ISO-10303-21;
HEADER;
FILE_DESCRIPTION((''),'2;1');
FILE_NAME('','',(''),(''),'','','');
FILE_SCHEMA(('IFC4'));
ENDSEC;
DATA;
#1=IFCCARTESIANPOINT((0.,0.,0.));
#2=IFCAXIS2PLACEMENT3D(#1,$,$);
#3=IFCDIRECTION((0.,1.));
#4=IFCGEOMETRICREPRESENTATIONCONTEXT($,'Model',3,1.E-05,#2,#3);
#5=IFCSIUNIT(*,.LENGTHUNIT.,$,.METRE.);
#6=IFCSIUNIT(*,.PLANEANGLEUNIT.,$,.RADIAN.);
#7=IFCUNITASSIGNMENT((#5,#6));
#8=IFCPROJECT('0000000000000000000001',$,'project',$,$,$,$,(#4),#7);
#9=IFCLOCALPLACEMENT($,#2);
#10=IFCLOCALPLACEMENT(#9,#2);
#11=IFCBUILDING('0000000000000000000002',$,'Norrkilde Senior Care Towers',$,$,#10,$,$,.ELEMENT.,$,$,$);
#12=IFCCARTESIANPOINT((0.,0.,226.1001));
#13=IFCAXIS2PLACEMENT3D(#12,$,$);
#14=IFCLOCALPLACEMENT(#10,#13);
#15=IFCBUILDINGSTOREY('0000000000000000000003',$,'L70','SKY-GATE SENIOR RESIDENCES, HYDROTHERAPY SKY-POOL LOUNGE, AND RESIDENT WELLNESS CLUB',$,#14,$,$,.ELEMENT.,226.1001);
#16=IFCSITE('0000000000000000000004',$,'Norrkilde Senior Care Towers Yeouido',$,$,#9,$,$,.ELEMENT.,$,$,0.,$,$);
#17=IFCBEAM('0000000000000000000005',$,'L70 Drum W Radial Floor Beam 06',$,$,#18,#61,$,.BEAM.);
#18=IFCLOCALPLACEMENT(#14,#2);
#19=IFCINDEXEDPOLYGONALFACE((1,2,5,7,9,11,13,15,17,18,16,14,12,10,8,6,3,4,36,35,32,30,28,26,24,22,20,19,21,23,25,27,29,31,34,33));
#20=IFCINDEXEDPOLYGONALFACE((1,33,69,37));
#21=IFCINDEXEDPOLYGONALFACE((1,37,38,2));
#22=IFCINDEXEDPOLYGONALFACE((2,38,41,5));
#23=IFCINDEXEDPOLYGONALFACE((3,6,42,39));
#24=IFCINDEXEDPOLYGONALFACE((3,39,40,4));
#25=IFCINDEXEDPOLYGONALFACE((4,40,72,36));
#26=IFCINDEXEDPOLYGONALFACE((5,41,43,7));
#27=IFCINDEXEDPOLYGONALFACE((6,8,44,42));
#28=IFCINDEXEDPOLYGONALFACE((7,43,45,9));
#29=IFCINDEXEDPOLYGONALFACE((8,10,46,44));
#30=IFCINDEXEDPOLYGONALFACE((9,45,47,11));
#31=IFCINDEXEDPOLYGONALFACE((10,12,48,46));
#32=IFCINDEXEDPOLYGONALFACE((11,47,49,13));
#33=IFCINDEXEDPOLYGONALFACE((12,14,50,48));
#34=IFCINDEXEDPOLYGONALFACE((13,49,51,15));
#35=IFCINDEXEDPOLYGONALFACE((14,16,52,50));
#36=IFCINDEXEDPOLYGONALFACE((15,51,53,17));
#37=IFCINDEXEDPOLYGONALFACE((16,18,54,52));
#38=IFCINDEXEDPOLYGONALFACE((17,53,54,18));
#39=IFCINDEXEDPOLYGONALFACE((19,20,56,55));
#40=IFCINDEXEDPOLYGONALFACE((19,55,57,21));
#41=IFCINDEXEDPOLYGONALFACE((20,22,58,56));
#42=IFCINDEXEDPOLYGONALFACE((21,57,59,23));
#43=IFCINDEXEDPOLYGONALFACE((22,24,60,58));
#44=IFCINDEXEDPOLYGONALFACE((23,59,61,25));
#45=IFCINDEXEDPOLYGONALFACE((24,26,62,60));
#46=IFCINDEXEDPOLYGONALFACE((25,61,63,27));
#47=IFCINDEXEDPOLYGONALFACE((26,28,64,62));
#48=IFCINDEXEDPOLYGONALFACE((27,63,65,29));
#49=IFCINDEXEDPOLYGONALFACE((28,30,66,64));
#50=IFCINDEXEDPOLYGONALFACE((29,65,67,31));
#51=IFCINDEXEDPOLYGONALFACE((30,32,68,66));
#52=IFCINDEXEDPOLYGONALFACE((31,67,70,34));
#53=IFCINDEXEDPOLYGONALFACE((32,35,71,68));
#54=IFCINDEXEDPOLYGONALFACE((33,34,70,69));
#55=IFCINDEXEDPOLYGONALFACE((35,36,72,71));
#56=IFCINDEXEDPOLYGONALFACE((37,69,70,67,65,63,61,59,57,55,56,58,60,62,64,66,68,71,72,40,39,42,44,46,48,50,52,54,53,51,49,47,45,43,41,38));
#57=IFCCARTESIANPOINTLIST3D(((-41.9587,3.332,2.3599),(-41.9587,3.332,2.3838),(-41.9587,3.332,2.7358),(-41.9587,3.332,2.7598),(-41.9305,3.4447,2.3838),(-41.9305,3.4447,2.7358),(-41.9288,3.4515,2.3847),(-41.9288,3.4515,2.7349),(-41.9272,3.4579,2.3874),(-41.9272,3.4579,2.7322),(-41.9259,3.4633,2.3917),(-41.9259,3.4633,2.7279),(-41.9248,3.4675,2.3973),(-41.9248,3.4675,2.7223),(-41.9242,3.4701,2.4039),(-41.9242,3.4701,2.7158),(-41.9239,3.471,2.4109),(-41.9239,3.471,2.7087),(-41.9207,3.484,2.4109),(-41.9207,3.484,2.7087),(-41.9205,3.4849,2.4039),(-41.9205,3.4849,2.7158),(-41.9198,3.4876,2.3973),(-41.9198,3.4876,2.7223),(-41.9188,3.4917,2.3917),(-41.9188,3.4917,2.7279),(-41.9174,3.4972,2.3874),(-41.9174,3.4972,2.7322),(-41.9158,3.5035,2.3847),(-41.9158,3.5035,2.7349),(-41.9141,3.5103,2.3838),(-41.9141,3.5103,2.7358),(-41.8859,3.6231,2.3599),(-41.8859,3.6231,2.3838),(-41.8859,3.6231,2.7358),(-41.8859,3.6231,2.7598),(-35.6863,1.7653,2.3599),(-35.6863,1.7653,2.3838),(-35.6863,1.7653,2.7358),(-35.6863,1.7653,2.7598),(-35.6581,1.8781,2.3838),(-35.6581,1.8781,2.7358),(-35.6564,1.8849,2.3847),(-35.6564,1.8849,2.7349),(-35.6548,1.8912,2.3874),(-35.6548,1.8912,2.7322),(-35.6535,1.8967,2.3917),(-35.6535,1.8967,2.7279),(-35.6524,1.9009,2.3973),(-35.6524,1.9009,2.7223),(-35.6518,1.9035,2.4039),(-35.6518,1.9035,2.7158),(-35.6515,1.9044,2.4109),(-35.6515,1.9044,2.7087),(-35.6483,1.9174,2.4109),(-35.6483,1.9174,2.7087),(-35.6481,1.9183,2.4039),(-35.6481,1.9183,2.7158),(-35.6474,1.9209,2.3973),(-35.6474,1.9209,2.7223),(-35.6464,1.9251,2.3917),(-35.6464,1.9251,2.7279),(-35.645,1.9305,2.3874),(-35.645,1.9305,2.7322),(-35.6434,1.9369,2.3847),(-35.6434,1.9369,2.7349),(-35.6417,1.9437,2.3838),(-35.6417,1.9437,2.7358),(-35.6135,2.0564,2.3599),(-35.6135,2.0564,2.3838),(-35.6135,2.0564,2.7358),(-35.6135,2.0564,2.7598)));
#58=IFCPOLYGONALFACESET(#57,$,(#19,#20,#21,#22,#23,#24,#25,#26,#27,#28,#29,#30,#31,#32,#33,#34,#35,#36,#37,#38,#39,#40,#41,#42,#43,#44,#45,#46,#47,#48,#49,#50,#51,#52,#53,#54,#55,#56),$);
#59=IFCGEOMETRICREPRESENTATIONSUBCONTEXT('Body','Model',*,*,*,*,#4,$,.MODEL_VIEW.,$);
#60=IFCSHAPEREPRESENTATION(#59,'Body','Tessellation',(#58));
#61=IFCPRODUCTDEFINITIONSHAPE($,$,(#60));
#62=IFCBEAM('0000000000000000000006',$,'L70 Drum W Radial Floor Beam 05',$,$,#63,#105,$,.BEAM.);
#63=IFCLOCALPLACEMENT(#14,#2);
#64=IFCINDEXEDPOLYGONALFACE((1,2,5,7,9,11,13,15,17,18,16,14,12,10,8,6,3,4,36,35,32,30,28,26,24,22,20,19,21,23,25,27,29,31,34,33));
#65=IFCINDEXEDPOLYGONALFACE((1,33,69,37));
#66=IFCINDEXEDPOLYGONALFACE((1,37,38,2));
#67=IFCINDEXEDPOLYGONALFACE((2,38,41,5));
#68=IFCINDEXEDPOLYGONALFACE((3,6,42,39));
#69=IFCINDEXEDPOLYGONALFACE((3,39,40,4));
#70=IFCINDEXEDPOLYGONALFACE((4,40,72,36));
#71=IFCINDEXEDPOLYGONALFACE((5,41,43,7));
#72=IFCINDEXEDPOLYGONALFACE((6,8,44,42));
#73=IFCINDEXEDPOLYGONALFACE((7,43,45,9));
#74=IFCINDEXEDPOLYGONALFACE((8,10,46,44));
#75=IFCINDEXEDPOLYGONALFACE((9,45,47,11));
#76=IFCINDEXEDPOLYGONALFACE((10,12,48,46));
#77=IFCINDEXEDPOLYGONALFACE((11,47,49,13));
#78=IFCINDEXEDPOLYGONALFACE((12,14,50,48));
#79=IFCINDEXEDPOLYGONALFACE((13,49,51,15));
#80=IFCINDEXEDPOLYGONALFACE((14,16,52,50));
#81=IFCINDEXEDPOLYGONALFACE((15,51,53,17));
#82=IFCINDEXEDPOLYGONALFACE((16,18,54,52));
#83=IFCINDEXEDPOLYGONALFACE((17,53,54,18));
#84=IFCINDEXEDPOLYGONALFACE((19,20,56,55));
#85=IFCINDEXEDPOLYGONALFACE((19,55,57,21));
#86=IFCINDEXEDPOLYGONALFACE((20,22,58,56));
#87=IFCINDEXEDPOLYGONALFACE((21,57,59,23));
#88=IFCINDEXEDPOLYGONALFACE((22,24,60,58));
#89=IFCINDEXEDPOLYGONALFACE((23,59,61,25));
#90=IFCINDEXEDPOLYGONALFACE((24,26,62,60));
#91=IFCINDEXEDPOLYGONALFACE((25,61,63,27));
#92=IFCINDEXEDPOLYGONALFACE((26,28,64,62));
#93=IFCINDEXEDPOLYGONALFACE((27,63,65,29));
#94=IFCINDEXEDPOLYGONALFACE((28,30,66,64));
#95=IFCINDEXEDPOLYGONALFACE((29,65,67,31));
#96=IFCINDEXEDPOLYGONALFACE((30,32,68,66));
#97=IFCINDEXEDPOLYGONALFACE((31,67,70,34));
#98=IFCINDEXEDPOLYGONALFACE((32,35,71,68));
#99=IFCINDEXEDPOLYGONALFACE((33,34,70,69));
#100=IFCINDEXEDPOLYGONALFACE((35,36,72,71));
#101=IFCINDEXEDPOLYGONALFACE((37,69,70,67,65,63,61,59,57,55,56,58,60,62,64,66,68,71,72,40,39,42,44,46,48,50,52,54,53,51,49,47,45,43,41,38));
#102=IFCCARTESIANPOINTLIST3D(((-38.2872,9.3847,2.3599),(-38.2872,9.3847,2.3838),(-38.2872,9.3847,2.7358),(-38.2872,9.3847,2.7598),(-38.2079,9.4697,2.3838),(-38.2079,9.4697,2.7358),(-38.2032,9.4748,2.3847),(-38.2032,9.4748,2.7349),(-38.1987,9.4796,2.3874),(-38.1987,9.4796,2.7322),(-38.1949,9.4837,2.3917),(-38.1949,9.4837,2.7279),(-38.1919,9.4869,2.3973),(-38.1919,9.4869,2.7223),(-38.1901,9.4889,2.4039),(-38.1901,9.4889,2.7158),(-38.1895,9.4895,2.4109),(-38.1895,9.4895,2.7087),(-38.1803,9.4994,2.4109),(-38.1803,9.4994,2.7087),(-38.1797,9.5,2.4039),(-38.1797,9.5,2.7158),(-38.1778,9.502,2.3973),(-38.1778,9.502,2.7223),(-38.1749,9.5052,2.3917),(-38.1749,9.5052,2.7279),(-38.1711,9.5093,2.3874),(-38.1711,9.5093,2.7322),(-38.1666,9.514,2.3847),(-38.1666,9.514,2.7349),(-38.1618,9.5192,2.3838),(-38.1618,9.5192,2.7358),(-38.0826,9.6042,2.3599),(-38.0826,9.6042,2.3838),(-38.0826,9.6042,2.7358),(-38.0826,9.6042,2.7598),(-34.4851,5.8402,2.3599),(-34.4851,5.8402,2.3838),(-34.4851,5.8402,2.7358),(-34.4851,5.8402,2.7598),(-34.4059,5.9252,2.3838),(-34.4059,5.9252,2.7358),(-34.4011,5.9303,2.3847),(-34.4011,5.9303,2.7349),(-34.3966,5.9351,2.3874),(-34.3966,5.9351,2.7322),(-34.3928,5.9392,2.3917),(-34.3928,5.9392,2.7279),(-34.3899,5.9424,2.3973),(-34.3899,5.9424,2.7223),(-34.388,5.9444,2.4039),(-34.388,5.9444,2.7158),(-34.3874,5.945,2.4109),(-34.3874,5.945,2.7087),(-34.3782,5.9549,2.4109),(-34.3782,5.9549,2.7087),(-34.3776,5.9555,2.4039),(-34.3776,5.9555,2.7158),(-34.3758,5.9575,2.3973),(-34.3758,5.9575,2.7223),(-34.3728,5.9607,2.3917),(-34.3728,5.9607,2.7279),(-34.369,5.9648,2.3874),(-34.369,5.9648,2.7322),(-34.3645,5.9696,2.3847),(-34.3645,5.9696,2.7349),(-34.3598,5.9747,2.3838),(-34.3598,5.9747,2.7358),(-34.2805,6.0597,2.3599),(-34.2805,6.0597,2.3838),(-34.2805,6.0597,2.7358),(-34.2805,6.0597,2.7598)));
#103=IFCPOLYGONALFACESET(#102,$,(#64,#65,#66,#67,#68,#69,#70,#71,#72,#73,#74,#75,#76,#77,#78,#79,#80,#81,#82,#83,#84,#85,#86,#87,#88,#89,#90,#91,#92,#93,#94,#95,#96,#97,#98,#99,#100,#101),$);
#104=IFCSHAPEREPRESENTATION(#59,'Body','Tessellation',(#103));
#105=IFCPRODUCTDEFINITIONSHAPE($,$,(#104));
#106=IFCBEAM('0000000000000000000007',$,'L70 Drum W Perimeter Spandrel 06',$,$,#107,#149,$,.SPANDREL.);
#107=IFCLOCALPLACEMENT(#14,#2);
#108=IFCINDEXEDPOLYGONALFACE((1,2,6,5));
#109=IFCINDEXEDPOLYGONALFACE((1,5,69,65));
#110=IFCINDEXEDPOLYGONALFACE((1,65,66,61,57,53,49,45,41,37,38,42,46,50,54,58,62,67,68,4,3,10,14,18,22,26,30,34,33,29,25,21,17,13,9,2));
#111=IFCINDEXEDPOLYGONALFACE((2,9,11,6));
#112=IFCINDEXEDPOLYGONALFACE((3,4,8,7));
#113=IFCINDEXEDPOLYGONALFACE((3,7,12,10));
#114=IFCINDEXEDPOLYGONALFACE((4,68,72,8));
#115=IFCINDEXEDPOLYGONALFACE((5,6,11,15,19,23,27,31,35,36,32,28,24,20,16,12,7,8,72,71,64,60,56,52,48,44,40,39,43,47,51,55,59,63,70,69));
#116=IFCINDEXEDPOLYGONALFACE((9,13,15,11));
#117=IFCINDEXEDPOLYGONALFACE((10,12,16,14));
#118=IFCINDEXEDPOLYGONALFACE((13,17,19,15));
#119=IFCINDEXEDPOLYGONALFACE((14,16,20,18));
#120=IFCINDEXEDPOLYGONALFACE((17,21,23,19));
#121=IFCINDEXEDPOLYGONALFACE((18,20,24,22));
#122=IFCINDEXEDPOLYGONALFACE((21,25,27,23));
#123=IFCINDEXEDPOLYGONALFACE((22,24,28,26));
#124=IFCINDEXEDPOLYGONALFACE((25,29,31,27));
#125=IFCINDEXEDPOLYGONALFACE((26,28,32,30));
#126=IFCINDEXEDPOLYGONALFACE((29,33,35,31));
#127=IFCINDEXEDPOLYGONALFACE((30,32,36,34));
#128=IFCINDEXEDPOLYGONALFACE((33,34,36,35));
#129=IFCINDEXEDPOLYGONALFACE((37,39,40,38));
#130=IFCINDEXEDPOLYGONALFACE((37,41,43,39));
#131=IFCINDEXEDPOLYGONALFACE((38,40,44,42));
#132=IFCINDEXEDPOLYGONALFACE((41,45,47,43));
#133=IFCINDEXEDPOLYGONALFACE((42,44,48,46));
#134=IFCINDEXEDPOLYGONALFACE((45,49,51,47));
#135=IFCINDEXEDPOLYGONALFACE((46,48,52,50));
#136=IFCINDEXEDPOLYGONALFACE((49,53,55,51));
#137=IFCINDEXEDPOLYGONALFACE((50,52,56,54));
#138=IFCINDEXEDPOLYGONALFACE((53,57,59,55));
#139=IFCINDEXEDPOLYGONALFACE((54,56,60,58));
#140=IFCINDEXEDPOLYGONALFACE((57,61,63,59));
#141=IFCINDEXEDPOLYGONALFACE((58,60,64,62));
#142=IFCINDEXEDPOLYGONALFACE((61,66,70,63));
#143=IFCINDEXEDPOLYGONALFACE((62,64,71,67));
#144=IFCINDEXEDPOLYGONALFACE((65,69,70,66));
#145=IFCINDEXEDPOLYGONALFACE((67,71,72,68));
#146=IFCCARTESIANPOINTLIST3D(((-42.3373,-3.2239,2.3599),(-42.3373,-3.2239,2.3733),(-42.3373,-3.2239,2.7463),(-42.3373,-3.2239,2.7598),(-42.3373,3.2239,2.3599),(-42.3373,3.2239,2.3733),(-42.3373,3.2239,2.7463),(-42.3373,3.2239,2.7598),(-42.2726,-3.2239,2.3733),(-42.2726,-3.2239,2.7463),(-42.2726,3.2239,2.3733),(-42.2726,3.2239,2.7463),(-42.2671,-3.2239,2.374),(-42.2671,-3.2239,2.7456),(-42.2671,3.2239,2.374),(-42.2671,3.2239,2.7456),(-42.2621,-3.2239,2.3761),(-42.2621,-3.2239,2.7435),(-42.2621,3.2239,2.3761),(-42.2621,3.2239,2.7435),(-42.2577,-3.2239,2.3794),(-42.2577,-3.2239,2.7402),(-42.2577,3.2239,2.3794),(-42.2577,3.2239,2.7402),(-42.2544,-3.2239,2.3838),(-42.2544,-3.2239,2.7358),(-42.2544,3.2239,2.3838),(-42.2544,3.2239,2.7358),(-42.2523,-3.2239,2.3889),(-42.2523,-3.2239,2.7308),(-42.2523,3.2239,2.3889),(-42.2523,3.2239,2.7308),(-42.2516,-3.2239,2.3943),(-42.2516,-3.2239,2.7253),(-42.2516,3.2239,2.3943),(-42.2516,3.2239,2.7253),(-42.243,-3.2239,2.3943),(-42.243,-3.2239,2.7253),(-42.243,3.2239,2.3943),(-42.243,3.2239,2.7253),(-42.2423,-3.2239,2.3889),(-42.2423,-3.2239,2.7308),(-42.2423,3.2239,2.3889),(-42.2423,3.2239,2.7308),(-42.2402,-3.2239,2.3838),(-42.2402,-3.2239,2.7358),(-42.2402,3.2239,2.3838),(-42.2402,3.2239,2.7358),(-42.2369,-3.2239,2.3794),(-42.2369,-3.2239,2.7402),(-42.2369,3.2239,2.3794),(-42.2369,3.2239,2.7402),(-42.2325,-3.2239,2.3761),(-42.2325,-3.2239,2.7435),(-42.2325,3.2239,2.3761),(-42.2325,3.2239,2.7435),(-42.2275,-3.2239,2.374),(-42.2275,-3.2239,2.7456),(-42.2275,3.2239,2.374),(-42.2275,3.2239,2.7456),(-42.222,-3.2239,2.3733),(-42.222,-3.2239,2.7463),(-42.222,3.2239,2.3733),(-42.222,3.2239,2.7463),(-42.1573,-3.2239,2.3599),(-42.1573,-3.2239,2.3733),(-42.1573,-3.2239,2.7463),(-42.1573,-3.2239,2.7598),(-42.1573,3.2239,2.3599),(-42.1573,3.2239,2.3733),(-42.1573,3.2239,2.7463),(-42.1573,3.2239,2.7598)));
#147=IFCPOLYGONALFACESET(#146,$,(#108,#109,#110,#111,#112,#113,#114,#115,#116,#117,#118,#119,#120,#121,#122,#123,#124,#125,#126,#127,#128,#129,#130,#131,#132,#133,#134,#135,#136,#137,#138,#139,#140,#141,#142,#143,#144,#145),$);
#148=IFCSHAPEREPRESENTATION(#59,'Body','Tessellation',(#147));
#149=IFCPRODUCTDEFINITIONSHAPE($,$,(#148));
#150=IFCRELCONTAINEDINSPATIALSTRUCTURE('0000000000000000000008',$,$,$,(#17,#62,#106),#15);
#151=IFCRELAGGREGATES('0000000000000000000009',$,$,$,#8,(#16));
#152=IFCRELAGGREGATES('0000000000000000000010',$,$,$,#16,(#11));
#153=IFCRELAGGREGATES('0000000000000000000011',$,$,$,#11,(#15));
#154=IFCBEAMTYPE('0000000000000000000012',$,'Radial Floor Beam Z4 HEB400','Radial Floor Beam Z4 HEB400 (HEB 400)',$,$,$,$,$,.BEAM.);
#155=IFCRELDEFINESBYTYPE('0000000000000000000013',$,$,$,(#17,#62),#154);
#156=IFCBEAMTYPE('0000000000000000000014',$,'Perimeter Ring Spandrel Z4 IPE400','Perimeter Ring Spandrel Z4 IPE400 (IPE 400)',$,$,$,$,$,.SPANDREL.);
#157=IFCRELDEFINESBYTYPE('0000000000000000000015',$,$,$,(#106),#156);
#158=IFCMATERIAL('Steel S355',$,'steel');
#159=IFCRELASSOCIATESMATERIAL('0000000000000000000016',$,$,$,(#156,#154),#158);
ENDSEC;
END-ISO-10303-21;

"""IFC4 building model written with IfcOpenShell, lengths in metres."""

from ifc_helpers import new_model, si_unit, direction, frame, origin, origin_2d, place, context, subcontext, project, spatial, i_section, extrude, source, transform, mapped, material, material_profile, profile_set, type_object, type_shapes, element, save


model = new_model("IFC4")

# Units and contexts
model_context = context("Model", 3, precision=1e-05, world=origin(), true_north=direction((0.0, 1.0)))
body_context = subcontext(model_context, "Body", "Model", "MODEL_VIEW")
ifc_project = project(units=[si_unit("LENGTHUNIT", "METRE"), si_unit("PLANEANGLEUNIT", "RADIAN")], contexts=[model_context])

# Site, building, storey
site_placement = place(None, origin())
site = spatial("IfcSite", under=ifc_project, at=site_placement, Name="Norrkilde Senior Care Towers Yeouido", CompositionType="ELEMENT", RefElevation=0.0)
building_placement = place(site_placement, origin())
building = spatial("IfcBuilding", under=site, at=building_placement, Name="Norrkilde Senior Care Towers", CompositionType="ELEMENT")
storey_placement = place(building_placement, frame((0.0, 0.0, 226.1001)))
storey = spatial("IfcBuildingStorey", under=building, at=storey_placement, Name="L70", Description="SKY-GATE SENIOR RESIDENCES, HYDROTHERAPY SKY-POOL LOUNGE, AND RESIDENT WELLNESS CLUB", CompositionType="ELEMENT", Elevation=226.1001)

# Beams
ifc_material_1 = material(Name="Steel S355", Category="steel")
ifc_material_profile_1 = material_profile(ifc_material_1, i_section(OverallWidth=0.1799, OverallDepth=0.3999, WebThickness=0.0085, FlangeThickness=0.0134, FilletRadius=0.021, at=origin_2d()), Name="IPE 400")
ifc_profile_set_1 = profile_set([ifc_material_profile_1], Name="Steel S355")
beam_type_1 = type_object("IfcBeamType", Name="Perimeter Ring Spandrel Z4 IPE400", Description="Perimeter Ring Spandrel Z4 IPE400 (IPE 400)", PredefinedType="SPANDREL", material=ifc_profile_set_1)
ifc_material_profile_2 = material_profile(ifc_material_1, i_section(OverallWidth=0.3, OverallDepth=0.3999, WebThickness=0.0134, FlangeThickness=0.0239, FilletRadius=0.0271, at=origin_2d()), Name="HEB 400")
ifc_profile_set_2 = profile_set([ifc_material_profile_2], Name="Steel S355")
beam_type_2 = type_object("IfcBeamType", Name="Radial Floor Beam Z4 HEB400", Description="Radial Floor Beam Z4 HEB400 (HEB 400)", PredefinedType="BEAM", material=ifc_profile_set_2)
shared_shape_1 = source(origin(), body_context, "Body", "SweptSolid", [
    extrude(i_section(OverallWidth=0.3, OverallDepth=0.3999, WebThickness=0.0134, FlangeThickness=0.0239, FilletRadius=0.0271, at=origin_2d()), origin(), (0.0, 0.0, 1.0), 6.4651),
])
beam_1_placement = place(storey_placement, frame((-35.6499, 1.9109, 2.5598), z_axis=(-0.970196, 0.242322, 0.0), x_axis=(-0.242322, -0.970196, 0.0)))
element("IfcBeam", 1, at=beam_1_placement, inside=storey, type_object=beam_type_2, Name="L70 Drum W Radial Floor Beam 06", PredefinedType="BEAM", context=body_context, shape_type="MappedRepresentation", body=[
    mapped(shared_shape_1, transform((0.0, 0.0, 0.0), x_axis=(1.0, 0.0, 0.0), y_axis=(0.0, 1.0, 0.0), z_axis=(0.0, 0.0, 1.0), scale=1.0)),
])
shared_shape_2 = source(origin(), body_context, "Body", "SweptSolid", [
    extrude(i_section(OverallWidth=0.3, OverallDepth=0.3999, WebThickness=0.0134, FlangeThickness=0.0239, FilletRadius=0.0271, at=origin_2d()), origin(), (0.0, 0.0, 1.0), 5.198),
])
type_shapes(beam_type_2, [shared_shape_1, shared_shape_2])
beam_2_placement = place(storey_placement, frame((-34.3828, 5.95, 2.5598), z_axis=(-0.731449, 0.681896, 0.0), x_axis=(-0.681896, -0.731449, 0.0)))
element("IfcBeam", 2, at=beam_2_placement, inside=storey, type_object=beam_type_2, Name="L70 Drum W Radial Floor Beam 05", PredefinedType="BEAM", context=body_context, shape_type="MappedRepresentation", body=[
    mapped(shared_shape_2, transform((0.0, 0.0, 0.0), x_axis=(1.0, 0.0, 0.0), y_axis=(0.0, 1.0, 0.0), z_axis=(0.0, 0.0, 1.0), scale=1.0)),
])
shared_shape_3 = source(origin(), body_context, "Body", "SweptSolid", [
    extrude(i_section(OverallWidth=0.1799, OverallDepth=0.3999, WebThickness=0.0085, FlangeThickness=0.0134, FilletRadius=0.021, at=origin_2d()), origin(), (0.0, 0.0, 1.0), 6.4478),
])
beam_3_placement = place(storey_placement, frame((-42.2473, 3.2239, 2.5598), z_axis=(0.0, -1.0, 0.0), x_axis=(1.0, 0.0, 0.0)))
element("IfcBeam", 3, at=beam_3_placement, inside=storey, type_object=beam_type_1, Name="L70 Drum W Perimeter Spandrel 06", PredefinedType="SPANDREL", context=body_context, shape_type="MappedRepresentation", body=[
    mapped(shared_shape_3, transform((0.0, 0.0, 0.0), x_axis=(1.0, 0.0, 0.0), y_axis=(0.0, 1.0, 0.0), z_axis=(0.0, 0.0, 1.0), scale=1.0)),
])

save(model, "model.ifc")
